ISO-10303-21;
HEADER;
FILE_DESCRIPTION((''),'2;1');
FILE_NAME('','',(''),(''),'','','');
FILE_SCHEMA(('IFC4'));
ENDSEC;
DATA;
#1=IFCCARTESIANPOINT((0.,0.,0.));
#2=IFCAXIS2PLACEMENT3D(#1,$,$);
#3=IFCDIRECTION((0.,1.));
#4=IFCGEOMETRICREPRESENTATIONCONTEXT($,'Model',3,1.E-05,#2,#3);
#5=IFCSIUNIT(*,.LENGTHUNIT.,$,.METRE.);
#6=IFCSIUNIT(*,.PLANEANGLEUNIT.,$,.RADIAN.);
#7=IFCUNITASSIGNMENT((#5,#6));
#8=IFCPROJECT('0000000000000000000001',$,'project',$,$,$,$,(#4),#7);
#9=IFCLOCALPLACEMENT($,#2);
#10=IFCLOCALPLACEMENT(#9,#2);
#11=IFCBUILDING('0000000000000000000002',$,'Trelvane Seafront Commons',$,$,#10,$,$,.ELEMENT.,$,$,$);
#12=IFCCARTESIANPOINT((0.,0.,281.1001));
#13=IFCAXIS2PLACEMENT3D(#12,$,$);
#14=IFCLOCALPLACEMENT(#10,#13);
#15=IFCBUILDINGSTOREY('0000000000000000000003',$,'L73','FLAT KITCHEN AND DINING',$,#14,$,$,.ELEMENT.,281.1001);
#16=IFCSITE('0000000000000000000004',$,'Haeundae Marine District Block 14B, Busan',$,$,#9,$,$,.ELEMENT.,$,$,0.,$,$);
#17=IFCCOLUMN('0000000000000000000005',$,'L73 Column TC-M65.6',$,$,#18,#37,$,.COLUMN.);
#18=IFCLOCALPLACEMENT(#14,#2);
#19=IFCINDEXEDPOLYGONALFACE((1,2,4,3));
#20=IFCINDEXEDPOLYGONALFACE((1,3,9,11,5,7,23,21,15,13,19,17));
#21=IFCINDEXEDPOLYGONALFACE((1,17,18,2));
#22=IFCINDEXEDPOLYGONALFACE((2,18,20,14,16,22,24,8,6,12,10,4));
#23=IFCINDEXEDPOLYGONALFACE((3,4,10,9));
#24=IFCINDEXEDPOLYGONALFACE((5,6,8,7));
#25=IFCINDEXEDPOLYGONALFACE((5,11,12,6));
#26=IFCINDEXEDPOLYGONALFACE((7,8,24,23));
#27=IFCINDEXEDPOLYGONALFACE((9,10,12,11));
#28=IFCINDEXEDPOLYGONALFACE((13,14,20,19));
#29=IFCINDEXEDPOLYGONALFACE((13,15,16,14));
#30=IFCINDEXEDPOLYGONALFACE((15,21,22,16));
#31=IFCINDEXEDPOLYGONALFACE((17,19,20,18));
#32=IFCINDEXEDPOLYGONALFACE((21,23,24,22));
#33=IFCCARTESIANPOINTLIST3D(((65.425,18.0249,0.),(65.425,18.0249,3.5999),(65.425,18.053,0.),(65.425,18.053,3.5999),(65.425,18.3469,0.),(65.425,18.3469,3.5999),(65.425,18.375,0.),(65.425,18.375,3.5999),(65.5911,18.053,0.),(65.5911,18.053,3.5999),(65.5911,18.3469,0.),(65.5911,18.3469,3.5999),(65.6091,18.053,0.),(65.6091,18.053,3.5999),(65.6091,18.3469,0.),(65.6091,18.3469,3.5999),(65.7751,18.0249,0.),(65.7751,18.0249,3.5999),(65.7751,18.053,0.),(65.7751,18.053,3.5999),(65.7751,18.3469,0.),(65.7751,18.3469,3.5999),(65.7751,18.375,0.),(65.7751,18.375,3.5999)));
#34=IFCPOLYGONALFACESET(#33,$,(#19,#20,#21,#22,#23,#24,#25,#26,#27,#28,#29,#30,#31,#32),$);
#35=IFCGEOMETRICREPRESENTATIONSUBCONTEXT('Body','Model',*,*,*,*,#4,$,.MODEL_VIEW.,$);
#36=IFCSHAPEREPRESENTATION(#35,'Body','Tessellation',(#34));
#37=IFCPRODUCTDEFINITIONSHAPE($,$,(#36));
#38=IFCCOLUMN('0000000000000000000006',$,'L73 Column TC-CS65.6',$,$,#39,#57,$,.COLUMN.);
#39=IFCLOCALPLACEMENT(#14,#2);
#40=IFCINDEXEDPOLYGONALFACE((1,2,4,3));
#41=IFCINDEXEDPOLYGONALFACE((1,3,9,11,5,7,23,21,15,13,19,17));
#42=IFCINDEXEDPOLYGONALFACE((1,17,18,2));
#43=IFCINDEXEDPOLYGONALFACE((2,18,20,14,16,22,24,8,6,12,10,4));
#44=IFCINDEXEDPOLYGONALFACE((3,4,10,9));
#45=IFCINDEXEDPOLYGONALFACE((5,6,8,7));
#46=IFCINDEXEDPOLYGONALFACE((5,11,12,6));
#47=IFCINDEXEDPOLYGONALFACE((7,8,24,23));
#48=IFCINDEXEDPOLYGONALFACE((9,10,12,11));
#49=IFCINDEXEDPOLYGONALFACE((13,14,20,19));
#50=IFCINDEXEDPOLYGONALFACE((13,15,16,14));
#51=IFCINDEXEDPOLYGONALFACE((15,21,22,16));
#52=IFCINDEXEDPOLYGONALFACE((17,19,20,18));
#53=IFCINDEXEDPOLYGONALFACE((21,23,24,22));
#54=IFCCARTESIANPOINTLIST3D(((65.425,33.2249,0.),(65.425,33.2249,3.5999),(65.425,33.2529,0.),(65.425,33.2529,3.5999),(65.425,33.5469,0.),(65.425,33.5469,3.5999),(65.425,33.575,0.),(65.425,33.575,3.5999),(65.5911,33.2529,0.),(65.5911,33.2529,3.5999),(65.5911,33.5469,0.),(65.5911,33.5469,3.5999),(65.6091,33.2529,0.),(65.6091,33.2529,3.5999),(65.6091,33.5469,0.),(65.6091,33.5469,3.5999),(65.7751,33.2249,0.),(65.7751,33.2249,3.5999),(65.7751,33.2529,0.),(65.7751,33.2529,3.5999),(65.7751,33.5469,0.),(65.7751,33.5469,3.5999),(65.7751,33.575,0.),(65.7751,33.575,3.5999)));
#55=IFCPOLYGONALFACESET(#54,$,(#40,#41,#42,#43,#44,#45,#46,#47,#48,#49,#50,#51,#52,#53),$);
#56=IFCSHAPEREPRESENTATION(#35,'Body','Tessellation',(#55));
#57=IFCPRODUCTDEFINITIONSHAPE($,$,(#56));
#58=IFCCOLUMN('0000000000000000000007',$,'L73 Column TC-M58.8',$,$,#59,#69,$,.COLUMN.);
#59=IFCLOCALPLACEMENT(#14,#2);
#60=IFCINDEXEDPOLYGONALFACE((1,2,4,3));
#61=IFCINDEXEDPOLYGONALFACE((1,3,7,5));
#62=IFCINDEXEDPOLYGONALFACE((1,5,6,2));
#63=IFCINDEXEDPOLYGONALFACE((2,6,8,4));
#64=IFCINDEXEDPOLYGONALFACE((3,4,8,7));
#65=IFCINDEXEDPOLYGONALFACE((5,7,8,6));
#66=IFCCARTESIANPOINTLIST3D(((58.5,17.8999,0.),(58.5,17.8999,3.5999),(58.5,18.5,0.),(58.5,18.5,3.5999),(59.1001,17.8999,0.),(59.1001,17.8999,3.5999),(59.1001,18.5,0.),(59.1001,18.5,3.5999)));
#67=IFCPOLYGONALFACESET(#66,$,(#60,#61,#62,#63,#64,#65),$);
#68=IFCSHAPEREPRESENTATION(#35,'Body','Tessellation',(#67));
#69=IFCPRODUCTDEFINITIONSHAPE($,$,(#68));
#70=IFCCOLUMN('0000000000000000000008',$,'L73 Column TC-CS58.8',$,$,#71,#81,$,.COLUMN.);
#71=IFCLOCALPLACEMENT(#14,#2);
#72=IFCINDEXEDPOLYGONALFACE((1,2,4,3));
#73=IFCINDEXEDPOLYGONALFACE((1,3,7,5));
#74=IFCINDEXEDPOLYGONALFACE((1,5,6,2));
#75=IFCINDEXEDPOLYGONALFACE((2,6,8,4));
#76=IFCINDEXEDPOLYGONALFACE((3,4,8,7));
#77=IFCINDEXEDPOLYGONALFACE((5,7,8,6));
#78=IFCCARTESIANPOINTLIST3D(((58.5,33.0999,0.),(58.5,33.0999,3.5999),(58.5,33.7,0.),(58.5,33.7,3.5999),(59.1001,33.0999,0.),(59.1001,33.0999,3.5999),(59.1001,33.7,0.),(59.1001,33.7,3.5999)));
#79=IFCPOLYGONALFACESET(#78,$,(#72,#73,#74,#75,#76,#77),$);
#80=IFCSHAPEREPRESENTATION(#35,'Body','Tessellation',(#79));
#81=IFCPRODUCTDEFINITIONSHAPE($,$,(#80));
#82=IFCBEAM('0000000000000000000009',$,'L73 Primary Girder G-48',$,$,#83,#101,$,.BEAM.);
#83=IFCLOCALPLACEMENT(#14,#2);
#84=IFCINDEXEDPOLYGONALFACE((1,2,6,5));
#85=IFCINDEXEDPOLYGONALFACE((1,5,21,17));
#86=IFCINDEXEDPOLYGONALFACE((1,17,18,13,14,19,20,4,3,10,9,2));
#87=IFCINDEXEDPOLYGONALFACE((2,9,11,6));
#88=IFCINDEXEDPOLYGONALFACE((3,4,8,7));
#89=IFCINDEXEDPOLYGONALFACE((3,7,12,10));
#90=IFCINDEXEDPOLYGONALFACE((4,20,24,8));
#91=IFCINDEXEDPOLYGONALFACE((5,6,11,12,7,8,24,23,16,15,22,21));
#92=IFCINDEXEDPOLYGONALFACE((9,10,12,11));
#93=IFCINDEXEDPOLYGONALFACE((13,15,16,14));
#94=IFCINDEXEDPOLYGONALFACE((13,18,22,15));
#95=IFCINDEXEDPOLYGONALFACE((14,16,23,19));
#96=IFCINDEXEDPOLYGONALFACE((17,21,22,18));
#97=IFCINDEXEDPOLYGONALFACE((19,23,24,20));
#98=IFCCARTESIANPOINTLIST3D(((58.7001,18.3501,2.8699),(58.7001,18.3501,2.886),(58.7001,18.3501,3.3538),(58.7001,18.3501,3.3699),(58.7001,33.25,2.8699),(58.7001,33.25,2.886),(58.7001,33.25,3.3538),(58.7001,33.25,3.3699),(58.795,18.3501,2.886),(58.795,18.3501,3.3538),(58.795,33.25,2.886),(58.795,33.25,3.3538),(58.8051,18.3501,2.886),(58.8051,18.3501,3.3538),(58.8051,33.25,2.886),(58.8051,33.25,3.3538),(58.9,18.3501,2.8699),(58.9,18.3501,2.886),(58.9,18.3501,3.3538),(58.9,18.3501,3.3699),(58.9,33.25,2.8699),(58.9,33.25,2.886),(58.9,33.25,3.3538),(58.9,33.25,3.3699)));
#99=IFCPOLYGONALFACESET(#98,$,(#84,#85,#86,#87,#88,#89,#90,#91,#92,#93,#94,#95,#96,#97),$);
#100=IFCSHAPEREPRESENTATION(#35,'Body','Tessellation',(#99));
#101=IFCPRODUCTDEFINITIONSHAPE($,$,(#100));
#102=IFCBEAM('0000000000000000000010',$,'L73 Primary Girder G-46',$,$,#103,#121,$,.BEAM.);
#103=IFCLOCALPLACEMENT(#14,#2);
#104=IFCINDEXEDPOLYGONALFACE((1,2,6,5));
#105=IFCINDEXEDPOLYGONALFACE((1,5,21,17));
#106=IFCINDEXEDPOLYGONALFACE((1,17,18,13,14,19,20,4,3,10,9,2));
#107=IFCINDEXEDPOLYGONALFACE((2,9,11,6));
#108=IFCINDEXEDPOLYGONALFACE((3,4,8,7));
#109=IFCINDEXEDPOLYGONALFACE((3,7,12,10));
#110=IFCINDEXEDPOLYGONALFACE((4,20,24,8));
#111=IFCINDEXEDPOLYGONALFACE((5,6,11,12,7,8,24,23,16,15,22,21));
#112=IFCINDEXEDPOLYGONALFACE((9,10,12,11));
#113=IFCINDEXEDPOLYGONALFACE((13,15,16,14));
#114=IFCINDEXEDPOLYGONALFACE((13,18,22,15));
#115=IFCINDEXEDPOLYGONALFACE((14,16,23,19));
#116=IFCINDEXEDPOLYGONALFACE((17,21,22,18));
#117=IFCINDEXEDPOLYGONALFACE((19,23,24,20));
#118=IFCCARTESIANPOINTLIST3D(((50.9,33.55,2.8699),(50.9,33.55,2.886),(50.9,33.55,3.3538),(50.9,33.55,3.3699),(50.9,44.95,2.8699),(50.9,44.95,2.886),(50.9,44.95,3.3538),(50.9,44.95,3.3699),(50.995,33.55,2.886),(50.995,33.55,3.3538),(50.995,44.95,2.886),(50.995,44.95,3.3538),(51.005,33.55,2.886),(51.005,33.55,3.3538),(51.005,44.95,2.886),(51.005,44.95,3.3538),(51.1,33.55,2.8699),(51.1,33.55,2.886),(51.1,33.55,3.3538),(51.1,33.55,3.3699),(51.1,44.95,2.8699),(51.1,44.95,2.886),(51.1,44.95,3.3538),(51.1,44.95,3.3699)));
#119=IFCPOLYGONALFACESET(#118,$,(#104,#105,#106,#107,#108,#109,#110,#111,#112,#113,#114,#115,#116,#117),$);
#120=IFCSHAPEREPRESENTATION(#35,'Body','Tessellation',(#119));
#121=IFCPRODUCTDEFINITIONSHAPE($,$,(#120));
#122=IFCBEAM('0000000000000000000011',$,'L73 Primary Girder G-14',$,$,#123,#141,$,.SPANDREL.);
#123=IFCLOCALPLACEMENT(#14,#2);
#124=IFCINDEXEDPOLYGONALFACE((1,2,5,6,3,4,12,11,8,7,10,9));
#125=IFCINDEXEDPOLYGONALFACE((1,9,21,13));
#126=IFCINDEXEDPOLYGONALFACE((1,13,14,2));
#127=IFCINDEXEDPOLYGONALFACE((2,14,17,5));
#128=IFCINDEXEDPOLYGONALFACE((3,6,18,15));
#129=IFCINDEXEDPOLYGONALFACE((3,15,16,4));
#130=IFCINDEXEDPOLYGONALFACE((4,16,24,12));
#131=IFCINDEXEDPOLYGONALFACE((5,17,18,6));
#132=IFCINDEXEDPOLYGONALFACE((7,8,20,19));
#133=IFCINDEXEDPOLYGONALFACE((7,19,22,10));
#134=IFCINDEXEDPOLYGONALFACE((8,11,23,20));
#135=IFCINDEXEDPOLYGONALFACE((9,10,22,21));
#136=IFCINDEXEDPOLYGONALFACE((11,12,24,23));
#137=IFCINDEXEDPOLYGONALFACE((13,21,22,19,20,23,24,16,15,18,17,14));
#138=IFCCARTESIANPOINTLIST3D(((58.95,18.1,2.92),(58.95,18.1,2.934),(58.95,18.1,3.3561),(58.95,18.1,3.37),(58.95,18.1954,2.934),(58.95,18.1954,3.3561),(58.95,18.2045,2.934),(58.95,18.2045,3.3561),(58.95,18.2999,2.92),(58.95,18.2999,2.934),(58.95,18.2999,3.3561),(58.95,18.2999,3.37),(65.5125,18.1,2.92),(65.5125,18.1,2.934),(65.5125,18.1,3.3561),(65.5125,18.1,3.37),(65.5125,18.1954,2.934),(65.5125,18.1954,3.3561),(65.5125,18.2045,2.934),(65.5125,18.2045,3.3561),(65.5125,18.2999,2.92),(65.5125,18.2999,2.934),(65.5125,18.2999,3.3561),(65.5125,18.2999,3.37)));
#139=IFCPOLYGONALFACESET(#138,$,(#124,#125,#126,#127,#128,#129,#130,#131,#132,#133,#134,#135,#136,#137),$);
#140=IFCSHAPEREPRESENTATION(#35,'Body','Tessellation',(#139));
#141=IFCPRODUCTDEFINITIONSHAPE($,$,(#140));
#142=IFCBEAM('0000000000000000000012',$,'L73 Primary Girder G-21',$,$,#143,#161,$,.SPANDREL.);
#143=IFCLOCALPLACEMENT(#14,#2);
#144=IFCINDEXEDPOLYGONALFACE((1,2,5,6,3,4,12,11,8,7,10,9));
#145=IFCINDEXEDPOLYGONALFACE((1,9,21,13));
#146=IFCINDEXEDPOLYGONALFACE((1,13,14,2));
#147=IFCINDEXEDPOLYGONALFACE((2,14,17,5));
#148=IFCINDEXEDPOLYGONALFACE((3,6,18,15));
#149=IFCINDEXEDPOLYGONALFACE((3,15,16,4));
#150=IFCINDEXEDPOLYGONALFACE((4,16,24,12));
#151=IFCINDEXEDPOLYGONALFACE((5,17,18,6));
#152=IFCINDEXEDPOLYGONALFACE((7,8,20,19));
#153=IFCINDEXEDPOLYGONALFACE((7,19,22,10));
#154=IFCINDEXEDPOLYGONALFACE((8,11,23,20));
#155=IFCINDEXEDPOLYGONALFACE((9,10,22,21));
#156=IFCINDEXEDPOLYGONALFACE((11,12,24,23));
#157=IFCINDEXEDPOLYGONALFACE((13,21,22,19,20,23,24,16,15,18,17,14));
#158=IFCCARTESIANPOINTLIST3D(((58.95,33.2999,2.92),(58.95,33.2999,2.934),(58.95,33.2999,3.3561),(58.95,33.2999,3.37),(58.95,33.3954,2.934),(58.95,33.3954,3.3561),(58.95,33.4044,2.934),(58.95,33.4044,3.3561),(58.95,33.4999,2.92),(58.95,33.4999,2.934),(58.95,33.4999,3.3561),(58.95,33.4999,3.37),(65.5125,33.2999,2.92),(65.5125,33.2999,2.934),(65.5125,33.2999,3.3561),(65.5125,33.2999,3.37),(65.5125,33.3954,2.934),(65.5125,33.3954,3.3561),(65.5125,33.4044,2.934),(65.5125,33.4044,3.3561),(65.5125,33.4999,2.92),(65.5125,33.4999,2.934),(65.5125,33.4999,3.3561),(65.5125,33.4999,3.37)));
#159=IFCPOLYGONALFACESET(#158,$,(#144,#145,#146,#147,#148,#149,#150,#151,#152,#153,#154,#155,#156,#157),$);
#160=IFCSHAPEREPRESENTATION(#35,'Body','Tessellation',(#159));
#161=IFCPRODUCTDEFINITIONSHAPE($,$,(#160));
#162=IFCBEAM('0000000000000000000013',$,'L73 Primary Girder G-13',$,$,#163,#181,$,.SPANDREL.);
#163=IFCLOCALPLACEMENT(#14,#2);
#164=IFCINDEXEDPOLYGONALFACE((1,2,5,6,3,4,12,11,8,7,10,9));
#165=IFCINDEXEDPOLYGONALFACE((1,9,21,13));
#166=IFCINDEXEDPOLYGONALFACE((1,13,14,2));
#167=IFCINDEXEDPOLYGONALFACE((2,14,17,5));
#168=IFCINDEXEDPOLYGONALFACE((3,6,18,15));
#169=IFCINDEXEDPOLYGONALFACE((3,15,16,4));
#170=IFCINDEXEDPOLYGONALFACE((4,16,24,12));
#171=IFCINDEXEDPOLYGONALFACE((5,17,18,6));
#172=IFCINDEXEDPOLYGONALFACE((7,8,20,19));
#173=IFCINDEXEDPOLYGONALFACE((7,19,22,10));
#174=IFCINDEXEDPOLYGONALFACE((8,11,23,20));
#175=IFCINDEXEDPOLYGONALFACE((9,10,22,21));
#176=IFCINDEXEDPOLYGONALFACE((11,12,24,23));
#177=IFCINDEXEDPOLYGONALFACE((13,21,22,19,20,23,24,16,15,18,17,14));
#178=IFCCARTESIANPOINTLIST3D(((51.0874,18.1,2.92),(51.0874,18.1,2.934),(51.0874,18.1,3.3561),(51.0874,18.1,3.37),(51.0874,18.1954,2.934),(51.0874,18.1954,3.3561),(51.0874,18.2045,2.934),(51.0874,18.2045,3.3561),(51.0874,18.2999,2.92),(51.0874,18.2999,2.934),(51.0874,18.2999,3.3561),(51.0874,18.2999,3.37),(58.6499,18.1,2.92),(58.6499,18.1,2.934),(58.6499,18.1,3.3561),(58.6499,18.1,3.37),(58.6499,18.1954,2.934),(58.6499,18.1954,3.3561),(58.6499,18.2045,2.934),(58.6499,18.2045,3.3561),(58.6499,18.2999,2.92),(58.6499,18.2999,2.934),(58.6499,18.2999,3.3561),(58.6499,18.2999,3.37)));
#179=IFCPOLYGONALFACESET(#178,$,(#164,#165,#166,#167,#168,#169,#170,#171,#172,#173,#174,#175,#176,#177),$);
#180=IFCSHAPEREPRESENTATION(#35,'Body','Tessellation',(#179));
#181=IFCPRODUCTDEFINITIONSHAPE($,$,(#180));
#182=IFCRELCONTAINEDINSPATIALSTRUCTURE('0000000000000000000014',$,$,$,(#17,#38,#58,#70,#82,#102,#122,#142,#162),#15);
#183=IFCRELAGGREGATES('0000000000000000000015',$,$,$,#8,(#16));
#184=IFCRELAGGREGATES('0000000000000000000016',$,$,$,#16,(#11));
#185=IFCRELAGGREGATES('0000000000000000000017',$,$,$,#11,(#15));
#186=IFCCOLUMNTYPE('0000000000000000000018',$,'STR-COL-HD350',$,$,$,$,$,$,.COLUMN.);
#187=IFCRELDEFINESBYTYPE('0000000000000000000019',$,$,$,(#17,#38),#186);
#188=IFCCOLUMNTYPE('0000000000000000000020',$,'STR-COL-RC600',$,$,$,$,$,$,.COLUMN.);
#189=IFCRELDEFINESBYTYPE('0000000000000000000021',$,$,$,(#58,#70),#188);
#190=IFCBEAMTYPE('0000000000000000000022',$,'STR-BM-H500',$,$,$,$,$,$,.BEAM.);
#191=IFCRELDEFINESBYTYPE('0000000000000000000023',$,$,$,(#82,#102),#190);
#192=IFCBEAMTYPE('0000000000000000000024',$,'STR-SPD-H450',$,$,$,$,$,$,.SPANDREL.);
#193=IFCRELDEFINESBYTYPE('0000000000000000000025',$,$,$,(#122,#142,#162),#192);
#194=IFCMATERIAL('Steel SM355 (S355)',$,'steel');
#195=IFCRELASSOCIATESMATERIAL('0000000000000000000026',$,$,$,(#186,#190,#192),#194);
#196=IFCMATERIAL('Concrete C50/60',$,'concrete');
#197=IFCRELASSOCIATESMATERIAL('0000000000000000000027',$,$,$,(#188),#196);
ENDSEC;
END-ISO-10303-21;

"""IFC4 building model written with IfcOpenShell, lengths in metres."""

from ifc_helpers import new_model, si_unit, direction, frame, origin, origin_2d, place, context, subcontext, project, spatial, rectangle, i_section, extrude, source, transform, mapped, material, material_profile, profile_set, type_object, element, save


model = new_model("IFC4")

# Units and contexts
model_context = context("Model", 3, precision=1e-05, world=origin(), true_north=direction((0.0, 1.0)))
body_context = subcontext(model_context, "Body", "Model", "MODEL_VIEW")
ifc_project = project(units=[si_unit("LENGTHUNIT", "METRE"), si_unit("PLANEANGLEUNIT", "RADIAN")], contexts=[model_context])

# Site, building, storey
site_placement = place(None, origin())
site = spatial("IfcSite", under=ifc_project, at=site_placement, Name="Haeundae Marine District Block 14B, Busan", CompositionType="ELEMENT", RefElevation=0.0)
building_placement = place(site_placement, origin())
building = spatial("IfcBuilding", under=site, at=building_placement, Name="Trelvane Seafront Commons", CompositionType="ELEMENT")
storey_placement = place(building_placement, frame((0.0, 0.0, 281.1001)))
storey = spatial("IfcBuildingStorey", under=building, at=storey_placement, Name="L73", Description="FLAT KITCHEN AND DINING", CompositionType="ELEMENT", Elevation=281.1001)

# Columns
ifc_material_1 = material(Name="Steel SM355 (S355)", Category="steel")
ifc_material_profile_1 = material_profile(ifc_material_1, i_section(OverallWidth=0.3501, OverallDepth=0.3501, WebThickness=0.0181, FlangeThickness=0.0281, at=origin_2d()), Name="HD-350x350x18x28")
ifc_profile_set_1 = profile_set([ifc_material_profile_1], Name="Steel SM355 (S355)")
column_type_1 = type_object("IfcColumnType", Name="STR-COL-HD350", PredefinedType="COLUMN", material=ifc_profile_set_1)
shared_shape_1 = source(origin(), body_context, "Body", "SweptSolid", [
    extrude(i_section(OverallWidth=0.3501, OverallDepth=0.3501, WebThickness=0.0181, FlangeThickness=0.0281, at=origin_2d()), origin(), (0.0, 0.0, 1.0), 3.5999),
])
for number, where, z_axis, x_axis, name in (
    (1, (65.6001, 18.2, 0.0), (0.0, 0.0, 1.0), (1.0, 0.0, 0.0), "L73 Column TC-M65.6"),
    (2, (65.6001, 33.3999, 0.0), (0.0, 0.0, 1.0), (1.0, 0.0, 0.0), "L73 Column TC-CS65.6"),
):
    element("IfcColumn", number, at=place(storey_placement, frame(where, z_axis=z_axis, x_axis=x_axis)), inside=storey, type_object=column_type_1, Name=name, PredefinedType="COLUMN", context=body_context, shape_type="MappedRepresentation", body=[
        mapped(shared_shape_1, transform((0.0, 0.0, 0.0), x_axis=(1.0, 0.0, 0.0), y_axis=(0.0, 1.0, 0.0), z_axis=(0.0, 0.0, 1.0), scale=1.0)),
    ])
ifc_material_2 = material(Name="Concrete C50/60", Category="concrete")
ifc_material_profile_2 = material_profile(ifc_material_2, rectangle(XDim=0.6001, YDim=0.6001, at=origin_2d()), Name="RC-600x600")
ifc_profile_set_2 = profile_set([ifc_material_profile_2], Name="Concrete C50/60")
column_type_2 = type_object("IfcColumnType", Name="STR-COL-RC600", PredefinedType="COLUMN", material=ifc_profile_set_2)
shared_shape_2 = source(origin(), body_context, "Body", "SweptSolid", [
    extrude(rectangle(XDim=0.6001, YDim=0.6001, at=origin_2d()), origin(), (0.0, 0.0, 1.0), 3.5999),
])
for number, where, z_axis, x_axis, name in (
    (3, (58.8, 18.2, 0.0), (0.0, 0.0, 1.0), (1.0, 0.0, 0.0), "L73 Column TC-M58.8"),
    (4, (58.8, 33.3999, 0.0), (0.0, 0.0, 1.0), (1.0, 0.0, 0.0), "L73 Column TC-CS58.8"),
):
    element("IfcColumn", number, at=place(storey_placement, frame(where, z_axis=z_axis, x_axis=x_axis)), inside=storey, type_object=column_type_2, Name=name, PredefinedType="COLUMN", context=body_context, shape_type="MappedRepresentation", body=[
        mapped(shared_shape_2, transform((0.0, 0.0, 0.0), x_axis=(1.0, 0.0, 0.0), y_axis=(0.0, 1.0, 0.0), z_axis=(0.0, 0.0, 1.0), scale=1.0)),
    ])

# Beams
ifc_material_profile_3 = material_profile(ifc_material_1, i_section(OverallWidth=0.2, OverallDepth=0.5, WebThickness=0.01, FlangeThickness=0.0161, at=origin_2d()), Name="H-500x200x10x16")
ifc_profile_set_3 = profile_set([ifc_material_profile_3], Name="Steel SM355 (S355)")
beam_type_1 = type_object("IfcBeamType", Name="STR-BM-H500", PredefinedType="BEAM", material=ifc_profile_set_3)
shared_shape_3 = source(origin(), body_context, "Body", "SweptSolid", [
    extrude(i_section(OverallWidth=0.2, OverallDepth=0.5, WebThickness=0.01, FlangeThickness=0.0161, at=origin_2d()), origin(), (0.0, 0.0, 1.0), 14.8999),
])
beam_1_placement = place(storey_placement, frame((58.8, 18.3501, 3.1199), z_axis=(0.0, 1.0, 0.0), x_axis=(-1.0, 0.0, 0.0)))
element("IfcBeam", 5, at=beam_1_placement, inside=storey, type_object=beam_type_1, Name="L73 Primary Girder G-48", PredefinedType="BEAM", context=body_context, shape_type="MappedRepresentation", body=[
    mapped(shared_shape_3, transform((0.0, 0.0, 0.0), x_axis=(1.0, 0.0, 0.0), y_axis=(0.0, 1.0, 0.0), z_axis=(0.0, 0.0, 1.0), scale=1.0)),
])
shared_shape_4 = source(origin(), body_context, "Body", "SweptSolid", [
    extrude(i_section(OverallWidth=0.2, OverallDepth=0.5, WebThickness=0.01, FlangeThickness=0.0161, at=origin_2d()), origin(), (0.0, 0.0, 1.0), 11.3999),
])
beam_2_placement = place(storey_placement, frame((51.0, 33.55, 3.1199), z_axis=(0.0, 1.0, 0.0), x_axis=(-1.0, 0.0, 0.0)))
element("IfcBeam", 6, at=beam_2_placement, inside=storey, type_object=beam_type_1, Name="L73 Primary Girder G-46", PredefinedType="BEAM", context=body_context, shape_type="MappedRepresentation", body=[
    mapped(shared_shape_4, transform((0.0, 0.0, 0.0), x_axis=(1.0, 0.0, 0.0), y_axis=(0.0, 1.0, 0.0), z_axis=(0.0, 0.0, 1.0), scale=1.0)),
])
ifc_material_profile_4 = material_profile(ifc_material_1, i_section(OverallWidth=0.2, OverallDepth=0.45, WebThickness=0.009, FlangeThickness=0.0139, at=origin_2d()), Name="H-450x200x9x14")
ifc_profile_set_4 = profile_set([ifc_material_profile_4], Name="Steel SM355 (S355)")
beam_type_2 = type_object("IfcBeamType", Name="STR-SPD-H450", PredefinedType="SPANDREL", material=ifc_profile_set_4)
shared_shape_5 = source(origin(), body_context, "Body", "SweptSolid", [
    extrude(i_section(OverallWidth=0.2, OverallDepth=0.45, WebThickness=0.009, FlangeThickness=0.0139, at=origin_2d()), origin(), (0.0, 0.0, 1.0), 6.5625),
])
for number, where, z_axis, x_axis, name in (
    (7, (58.95, 18.2, 3.145), (1.0, 0.0, 0.0), (0.0, 1.0, 0.0), "L73 Primary Girder G-14"),
    (8, (58.95, 33.3999, 3.145), (1.0, 0.0, 0.0), (0.0, 1.0, 0.0), "L73 Primary Girder G-21"),
):
    element("IfcBeam", number, at=place(storey_placement, frame(where, z_axis=z_axis, x_axis=x_axis)), inside=storey, type_object=beam_type_2, Name=name, PredefinedType="SPANDREL", context=body_context, shape_type="MappedRepresentation", body=[
        mapped(shared_shape_5, transform((0.0, 0.0, 0.0), x_axis=(1.0, 0.0, 0.0), y_axis=(0.0, 1.0, 0.0), z_axis=(0.0, 0.0, 1.0), scale=1.0)),
    ])
shared_shape_6 = source(origin(), body_context, "Body", "SweptSolid", [
    extrude(i_section(OverallWidth=0.2, OverallDepth=0.45, WebThickness=0.009, FlangeThickness=0.0139, at=origin_2d()), origin(), (0.0, 0.0, 1.0), 7.5625),
])
beam_3_placement = place(storey_placement, frame((51.0874, 18.2, 3.145), z_axis=(1.0, 0.0, 0.0), x_axis=(0.0, 1.0, 0.0)))
element("IfcBeam", 9, at=beam_3_placement, inside=storey, type_object=beam_type_2, Name="L73 Primary Girder G-13", PredefinedType="SPANDREL", context=body_context, shape_type="MappedRepresentation", body=[
    mapped(shared_shape_6, transform((0.0, 0.0, 0.0), x_axis=(1.0, 0.0, 0.0), y_axis=(0.0, 1.0, 0.0), z_axis=(0.0, 0.0, 1.0), scale=1.0)),
])

save(model, "model.ifc")
